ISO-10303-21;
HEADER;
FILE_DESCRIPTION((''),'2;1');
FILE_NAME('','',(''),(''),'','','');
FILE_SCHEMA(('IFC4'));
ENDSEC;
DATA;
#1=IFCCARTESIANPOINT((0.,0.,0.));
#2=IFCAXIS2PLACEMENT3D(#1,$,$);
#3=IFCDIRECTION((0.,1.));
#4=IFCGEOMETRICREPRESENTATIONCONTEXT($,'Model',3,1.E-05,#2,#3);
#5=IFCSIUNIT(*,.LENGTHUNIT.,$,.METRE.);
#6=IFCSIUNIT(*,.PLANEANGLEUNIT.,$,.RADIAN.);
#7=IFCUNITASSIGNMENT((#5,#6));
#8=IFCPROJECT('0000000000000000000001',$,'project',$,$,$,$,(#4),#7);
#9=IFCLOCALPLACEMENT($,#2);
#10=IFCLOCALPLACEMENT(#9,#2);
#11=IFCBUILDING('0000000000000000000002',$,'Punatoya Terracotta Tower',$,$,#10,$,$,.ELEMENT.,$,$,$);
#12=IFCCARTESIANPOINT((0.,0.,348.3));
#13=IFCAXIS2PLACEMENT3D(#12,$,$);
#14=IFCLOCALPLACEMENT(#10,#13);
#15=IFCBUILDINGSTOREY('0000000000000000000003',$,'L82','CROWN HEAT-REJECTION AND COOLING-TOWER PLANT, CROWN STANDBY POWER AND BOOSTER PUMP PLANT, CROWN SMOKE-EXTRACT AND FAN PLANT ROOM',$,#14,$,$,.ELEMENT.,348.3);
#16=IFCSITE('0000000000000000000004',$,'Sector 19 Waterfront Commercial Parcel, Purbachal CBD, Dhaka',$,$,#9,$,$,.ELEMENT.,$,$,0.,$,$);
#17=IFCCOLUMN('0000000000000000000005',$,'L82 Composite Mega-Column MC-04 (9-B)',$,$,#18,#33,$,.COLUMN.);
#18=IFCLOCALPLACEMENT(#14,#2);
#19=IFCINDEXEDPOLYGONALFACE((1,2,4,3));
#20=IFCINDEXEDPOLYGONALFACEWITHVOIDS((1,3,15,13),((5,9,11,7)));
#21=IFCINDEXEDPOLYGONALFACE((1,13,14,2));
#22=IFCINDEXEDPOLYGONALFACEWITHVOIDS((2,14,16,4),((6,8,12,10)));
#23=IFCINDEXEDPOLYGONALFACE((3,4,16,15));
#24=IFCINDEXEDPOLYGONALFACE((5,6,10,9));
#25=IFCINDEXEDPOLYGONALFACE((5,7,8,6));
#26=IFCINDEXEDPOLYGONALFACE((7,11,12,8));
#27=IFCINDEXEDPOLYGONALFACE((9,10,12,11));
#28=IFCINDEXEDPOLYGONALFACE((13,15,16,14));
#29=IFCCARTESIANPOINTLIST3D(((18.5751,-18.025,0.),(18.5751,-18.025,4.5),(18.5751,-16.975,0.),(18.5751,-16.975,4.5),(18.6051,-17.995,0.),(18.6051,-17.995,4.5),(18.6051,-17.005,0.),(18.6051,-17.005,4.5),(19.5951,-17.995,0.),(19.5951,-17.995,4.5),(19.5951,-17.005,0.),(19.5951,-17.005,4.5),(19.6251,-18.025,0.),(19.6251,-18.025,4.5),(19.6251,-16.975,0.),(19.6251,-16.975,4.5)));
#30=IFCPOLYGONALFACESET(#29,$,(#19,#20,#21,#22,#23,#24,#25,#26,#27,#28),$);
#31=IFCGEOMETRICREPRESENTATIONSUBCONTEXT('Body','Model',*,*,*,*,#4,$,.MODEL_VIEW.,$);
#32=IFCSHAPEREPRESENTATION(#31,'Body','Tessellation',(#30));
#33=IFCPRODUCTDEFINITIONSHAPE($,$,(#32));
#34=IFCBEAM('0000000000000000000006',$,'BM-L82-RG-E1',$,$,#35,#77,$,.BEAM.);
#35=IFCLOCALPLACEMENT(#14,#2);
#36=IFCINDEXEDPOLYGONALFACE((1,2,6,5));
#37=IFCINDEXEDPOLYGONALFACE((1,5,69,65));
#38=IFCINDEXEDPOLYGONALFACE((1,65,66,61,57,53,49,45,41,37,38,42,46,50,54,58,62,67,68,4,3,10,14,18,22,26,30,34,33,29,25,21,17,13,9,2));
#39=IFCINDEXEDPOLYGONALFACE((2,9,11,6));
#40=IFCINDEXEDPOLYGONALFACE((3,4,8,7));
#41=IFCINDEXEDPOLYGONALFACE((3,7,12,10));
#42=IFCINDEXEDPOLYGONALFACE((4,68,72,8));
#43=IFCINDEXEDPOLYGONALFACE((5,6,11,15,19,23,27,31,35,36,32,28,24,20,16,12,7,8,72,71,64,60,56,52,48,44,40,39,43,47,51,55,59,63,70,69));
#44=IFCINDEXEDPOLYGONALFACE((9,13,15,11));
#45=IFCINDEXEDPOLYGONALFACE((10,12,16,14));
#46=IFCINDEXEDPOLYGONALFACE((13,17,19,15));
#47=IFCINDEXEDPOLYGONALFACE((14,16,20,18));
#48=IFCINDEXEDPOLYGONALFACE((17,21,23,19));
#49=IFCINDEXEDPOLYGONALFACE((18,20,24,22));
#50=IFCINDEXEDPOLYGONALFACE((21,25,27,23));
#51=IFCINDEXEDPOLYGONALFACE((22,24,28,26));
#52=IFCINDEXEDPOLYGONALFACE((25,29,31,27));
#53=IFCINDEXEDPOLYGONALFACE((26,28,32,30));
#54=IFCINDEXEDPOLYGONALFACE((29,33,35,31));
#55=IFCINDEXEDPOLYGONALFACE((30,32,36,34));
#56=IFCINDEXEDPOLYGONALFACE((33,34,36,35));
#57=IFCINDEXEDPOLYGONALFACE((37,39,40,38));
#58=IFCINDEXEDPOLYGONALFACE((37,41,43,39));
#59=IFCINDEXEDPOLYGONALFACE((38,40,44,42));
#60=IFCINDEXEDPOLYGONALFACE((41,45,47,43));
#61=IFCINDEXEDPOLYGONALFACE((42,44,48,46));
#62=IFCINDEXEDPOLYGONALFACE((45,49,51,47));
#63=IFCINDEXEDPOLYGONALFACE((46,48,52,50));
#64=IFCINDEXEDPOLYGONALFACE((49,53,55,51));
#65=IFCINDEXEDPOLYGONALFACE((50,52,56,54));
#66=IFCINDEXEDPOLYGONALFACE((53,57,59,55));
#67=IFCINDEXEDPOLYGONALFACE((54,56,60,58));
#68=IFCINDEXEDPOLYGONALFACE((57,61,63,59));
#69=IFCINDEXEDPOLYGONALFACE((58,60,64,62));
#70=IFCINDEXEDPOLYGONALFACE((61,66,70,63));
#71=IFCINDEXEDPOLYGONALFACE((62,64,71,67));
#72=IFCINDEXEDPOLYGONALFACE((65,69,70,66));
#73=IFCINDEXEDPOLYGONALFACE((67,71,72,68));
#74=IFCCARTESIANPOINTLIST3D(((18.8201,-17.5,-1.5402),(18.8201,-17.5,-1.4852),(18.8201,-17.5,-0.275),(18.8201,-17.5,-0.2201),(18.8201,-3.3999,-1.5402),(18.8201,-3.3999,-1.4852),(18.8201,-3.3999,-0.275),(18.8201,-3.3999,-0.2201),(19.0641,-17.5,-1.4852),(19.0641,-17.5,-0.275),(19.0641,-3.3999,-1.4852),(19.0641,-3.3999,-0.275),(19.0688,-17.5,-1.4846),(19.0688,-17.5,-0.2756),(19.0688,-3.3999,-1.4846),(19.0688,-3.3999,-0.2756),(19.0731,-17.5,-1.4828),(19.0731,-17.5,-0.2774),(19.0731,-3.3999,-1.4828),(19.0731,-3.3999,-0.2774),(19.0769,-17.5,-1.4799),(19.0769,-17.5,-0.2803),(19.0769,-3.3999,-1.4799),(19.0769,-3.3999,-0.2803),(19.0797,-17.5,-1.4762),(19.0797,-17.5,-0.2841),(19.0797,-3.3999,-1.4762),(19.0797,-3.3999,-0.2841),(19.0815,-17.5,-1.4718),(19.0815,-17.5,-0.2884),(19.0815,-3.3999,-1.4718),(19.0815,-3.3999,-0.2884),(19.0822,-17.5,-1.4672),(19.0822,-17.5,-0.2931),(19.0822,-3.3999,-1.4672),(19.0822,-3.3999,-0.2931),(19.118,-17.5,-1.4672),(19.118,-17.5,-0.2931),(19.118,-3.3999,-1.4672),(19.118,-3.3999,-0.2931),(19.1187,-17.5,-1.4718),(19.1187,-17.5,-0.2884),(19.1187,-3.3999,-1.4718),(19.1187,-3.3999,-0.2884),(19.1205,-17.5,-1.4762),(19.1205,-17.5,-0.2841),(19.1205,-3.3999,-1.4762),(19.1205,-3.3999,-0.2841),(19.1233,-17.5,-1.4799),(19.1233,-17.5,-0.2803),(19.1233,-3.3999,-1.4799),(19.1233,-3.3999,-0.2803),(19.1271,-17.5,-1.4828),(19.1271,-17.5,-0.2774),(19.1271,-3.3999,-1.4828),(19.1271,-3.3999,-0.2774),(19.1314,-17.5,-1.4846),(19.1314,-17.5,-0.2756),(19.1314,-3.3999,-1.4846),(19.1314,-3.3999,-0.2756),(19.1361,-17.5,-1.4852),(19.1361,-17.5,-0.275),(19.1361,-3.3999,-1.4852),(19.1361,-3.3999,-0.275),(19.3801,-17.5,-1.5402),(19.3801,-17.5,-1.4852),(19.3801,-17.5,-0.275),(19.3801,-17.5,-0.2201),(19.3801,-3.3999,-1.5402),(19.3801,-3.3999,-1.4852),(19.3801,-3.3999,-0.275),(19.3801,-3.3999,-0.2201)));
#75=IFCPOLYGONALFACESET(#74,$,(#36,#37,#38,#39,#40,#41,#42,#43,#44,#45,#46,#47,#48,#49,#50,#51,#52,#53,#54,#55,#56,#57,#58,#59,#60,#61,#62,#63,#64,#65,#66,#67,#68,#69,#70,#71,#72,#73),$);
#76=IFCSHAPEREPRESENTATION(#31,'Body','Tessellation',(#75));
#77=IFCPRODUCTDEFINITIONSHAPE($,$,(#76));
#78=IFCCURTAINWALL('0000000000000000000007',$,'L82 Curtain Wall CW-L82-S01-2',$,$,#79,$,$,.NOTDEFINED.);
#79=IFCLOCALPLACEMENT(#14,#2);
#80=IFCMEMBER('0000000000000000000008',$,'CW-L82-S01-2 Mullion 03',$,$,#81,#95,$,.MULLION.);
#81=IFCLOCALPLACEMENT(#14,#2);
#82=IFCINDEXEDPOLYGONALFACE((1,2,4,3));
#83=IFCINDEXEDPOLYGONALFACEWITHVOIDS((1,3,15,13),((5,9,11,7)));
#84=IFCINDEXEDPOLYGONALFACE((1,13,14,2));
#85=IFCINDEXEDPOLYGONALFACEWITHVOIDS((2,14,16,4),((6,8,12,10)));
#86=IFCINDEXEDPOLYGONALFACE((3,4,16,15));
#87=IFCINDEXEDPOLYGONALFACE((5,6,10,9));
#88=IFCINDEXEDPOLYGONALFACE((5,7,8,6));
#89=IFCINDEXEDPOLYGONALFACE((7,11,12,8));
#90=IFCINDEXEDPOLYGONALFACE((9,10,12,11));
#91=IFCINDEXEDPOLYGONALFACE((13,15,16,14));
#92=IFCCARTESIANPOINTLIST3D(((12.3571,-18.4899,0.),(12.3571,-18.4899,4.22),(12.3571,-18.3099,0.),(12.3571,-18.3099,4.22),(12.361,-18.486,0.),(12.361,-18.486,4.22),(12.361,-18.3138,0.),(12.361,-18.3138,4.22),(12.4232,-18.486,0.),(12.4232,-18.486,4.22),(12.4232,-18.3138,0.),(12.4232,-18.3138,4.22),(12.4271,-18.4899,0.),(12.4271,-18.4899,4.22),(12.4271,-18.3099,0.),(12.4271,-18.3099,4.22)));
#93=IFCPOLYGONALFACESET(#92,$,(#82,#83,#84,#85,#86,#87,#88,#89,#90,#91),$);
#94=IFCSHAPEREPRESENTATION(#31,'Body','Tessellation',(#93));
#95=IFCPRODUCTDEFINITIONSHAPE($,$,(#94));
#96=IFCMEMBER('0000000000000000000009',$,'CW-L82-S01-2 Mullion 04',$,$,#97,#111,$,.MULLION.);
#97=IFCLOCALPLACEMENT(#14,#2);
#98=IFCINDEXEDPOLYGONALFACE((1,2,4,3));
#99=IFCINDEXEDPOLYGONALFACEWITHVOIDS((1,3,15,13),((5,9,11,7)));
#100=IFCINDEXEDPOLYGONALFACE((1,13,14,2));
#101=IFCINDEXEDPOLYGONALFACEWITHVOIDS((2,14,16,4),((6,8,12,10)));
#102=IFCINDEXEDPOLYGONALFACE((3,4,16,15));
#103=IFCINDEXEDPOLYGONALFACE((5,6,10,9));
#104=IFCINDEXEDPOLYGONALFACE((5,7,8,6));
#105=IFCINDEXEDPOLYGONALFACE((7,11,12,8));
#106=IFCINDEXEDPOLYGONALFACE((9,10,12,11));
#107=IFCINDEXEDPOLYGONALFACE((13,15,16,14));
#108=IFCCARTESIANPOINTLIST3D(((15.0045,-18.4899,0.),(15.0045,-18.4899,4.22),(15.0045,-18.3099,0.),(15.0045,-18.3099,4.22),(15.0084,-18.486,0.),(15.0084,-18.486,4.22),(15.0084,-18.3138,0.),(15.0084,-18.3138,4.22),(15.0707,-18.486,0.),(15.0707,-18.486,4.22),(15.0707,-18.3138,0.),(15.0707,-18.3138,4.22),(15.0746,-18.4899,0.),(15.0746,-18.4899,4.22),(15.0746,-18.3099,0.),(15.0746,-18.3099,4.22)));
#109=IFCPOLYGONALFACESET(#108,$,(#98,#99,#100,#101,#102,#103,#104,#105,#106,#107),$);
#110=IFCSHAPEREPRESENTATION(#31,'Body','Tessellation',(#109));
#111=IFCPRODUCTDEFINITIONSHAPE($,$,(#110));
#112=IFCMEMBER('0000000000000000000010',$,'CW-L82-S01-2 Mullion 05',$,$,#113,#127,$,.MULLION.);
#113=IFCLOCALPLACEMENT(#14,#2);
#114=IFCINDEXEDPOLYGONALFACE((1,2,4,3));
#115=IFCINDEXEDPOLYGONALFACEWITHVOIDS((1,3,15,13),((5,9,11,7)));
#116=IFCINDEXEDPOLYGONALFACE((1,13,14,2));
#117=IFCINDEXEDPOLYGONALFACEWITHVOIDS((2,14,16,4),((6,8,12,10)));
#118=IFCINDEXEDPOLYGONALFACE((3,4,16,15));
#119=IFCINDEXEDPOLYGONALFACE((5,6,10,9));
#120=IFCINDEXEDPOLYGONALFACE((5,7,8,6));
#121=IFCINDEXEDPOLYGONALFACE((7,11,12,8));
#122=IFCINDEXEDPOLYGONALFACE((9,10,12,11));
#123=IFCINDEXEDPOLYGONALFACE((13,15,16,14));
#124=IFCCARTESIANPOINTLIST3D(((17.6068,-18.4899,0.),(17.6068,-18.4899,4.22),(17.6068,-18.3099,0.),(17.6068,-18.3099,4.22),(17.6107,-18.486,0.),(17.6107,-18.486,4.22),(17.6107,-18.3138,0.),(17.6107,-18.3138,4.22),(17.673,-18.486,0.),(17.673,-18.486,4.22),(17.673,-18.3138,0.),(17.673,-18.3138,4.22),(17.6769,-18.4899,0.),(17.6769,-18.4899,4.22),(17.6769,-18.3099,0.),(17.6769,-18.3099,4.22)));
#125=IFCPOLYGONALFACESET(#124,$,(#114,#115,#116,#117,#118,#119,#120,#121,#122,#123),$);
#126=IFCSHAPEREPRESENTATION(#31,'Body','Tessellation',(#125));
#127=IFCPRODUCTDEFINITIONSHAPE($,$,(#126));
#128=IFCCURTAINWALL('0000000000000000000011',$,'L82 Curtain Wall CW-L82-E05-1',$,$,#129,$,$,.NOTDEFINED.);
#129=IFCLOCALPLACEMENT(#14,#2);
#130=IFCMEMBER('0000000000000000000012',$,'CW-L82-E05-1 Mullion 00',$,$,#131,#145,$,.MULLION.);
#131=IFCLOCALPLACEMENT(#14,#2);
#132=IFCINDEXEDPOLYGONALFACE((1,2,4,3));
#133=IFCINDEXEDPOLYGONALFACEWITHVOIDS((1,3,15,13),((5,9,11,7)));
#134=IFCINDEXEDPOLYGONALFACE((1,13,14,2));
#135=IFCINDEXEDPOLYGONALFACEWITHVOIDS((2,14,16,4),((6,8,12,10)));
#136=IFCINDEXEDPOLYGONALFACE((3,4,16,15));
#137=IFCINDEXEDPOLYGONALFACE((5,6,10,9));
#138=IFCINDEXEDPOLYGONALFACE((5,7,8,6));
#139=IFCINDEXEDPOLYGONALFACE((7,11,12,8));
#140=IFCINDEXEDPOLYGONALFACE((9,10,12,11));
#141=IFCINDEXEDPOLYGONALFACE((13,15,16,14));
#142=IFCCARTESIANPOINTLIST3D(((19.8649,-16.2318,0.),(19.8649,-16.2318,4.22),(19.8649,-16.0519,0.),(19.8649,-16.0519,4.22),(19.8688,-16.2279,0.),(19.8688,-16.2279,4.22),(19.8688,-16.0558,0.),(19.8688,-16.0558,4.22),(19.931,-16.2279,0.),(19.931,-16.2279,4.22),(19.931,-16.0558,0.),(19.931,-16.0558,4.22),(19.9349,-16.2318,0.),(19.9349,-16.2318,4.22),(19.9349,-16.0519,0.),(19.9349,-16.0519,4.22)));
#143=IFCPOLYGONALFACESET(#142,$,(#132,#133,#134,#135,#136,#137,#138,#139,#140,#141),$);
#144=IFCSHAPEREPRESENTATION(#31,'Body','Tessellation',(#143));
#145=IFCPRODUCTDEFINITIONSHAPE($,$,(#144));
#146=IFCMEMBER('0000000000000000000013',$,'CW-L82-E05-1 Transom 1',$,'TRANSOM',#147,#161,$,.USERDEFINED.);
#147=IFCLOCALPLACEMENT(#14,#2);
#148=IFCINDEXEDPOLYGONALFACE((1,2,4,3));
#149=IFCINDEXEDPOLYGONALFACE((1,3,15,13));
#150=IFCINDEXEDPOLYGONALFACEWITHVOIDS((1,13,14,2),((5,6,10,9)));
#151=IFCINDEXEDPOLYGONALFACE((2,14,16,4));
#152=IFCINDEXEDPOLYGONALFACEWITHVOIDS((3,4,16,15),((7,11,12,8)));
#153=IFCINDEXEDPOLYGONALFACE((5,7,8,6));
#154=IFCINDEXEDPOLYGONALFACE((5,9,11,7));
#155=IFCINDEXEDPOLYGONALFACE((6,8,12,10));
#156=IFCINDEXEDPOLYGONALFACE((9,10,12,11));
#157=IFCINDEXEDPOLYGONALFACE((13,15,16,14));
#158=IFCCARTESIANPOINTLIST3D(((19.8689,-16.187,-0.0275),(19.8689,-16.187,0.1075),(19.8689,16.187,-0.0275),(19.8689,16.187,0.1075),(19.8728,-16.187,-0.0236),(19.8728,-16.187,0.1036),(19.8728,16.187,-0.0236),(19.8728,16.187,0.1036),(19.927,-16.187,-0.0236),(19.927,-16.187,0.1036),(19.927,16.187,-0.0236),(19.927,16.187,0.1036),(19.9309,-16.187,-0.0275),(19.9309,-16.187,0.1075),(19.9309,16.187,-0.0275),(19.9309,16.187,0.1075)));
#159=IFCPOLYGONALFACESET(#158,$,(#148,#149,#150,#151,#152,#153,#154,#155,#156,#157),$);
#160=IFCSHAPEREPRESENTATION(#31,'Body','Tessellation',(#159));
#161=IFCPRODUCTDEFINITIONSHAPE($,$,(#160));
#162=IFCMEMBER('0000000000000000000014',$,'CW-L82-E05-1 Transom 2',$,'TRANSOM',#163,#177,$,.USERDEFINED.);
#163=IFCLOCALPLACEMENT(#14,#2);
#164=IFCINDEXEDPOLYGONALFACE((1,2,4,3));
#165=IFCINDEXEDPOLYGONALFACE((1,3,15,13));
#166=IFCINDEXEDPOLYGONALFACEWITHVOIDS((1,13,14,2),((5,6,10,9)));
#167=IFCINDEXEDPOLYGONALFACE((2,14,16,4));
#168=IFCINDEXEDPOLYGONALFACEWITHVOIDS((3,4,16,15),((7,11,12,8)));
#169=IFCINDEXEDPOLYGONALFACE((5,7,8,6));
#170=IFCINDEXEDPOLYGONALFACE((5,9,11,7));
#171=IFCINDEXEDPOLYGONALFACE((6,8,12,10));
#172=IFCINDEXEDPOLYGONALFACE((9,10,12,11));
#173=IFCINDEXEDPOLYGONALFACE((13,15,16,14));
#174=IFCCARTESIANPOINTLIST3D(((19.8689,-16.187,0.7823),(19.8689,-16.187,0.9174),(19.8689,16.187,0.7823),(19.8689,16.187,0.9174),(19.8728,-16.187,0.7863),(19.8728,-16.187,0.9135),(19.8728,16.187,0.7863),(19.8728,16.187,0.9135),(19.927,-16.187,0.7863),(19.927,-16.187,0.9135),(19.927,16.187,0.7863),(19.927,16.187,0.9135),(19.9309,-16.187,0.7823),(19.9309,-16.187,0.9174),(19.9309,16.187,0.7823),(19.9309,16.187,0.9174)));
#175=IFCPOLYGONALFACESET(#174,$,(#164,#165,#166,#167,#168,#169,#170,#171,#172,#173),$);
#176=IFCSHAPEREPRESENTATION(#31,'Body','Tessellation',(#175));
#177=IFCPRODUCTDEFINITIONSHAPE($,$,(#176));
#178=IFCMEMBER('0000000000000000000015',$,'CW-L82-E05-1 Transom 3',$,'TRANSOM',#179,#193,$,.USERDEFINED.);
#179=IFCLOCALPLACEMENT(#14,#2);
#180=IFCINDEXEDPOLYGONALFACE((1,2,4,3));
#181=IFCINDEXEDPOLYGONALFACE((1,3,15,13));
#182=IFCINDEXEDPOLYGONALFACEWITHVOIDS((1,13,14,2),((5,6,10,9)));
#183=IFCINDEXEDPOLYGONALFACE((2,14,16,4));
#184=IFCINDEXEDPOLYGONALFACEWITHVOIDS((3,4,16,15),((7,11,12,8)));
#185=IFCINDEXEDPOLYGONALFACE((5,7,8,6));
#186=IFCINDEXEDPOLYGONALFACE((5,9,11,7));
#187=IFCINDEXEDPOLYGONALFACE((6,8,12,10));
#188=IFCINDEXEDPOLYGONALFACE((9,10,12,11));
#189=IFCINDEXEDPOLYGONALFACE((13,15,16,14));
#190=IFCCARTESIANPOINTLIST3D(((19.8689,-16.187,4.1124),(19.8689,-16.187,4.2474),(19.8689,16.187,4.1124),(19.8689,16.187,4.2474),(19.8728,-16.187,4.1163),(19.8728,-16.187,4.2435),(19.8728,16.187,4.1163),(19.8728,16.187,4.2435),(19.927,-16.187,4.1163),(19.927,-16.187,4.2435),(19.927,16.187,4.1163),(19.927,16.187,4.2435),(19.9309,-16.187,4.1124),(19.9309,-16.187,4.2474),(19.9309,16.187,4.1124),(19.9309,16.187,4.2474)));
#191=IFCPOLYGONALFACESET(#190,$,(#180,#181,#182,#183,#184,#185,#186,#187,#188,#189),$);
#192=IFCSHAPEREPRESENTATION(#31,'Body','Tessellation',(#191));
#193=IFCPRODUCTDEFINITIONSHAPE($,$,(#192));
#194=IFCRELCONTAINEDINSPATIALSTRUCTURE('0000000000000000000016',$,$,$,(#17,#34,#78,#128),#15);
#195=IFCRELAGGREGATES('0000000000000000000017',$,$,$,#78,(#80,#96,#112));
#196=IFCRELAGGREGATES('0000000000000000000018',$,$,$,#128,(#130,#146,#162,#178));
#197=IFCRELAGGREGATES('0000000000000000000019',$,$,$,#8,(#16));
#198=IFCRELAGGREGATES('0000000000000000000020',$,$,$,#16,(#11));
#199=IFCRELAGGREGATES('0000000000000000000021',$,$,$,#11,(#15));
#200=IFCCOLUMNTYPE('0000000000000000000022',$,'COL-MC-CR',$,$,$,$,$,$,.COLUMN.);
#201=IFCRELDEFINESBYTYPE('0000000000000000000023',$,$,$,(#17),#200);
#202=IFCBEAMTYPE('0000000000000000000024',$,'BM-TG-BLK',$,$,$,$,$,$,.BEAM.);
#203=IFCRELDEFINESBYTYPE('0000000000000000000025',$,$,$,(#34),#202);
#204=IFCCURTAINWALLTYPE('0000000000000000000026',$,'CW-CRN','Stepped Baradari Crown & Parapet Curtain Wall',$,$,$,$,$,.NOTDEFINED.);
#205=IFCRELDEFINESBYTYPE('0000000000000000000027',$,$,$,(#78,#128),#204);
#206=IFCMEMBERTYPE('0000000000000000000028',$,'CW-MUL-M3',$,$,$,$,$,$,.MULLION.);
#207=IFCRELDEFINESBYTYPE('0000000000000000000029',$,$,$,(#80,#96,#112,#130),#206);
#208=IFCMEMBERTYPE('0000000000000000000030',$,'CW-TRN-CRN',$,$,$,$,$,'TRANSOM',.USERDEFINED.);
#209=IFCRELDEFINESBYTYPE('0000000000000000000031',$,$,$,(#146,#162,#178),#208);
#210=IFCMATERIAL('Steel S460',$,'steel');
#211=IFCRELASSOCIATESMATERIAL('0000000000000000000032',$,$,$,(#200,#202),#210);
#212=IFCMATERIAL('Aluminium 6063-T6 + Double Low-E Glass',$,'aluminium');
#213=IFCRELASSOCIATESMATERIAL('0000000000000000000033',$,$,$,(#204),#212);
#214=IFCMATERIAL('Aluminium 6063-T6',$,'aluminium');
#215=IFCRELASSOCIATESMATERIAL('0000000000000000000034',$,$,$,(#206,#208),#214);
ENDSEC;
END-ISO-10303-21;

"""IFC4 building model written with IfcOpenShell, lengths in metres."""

from ifc_helpers import new_model, si_unit, direction, frame, origin, origin_2d, place, context, subcontext, project, spatial, hollow_rectangle, i_section, extrude, material, material_profile, profile_set, type_object, element, aggregate, save


model = new_model("IFC4")

# Units and contexts
model_context = context("Model", 3, precision=1e-05, world=origin(), true_north=direction((0.0, 1.0)))
body_context = subcontext(model_context, "Body", "Model", "MODEL_VIEW")
ifc_project = project(units=[si_unit("LENGTHUNIT", "METRE"), si_unit("PLANEANGLEUNIT", "RADIAN")], contexts=[model_context])

# Site, building, storey
site_placement = place(None, origin())
site = spatial("IfcSite", under=ifc_project, at=site_placement, Name="Sector 19 Waterfront Commercial Parcel, Purbachal CBD, Dhaka", CompositionType="ELEMENT", RefElevation=0.0)
building_placement = place(site_placement, origin())
building = spatial("IfcBuilding", under=site, at=building_placement, Name="Punatoya Terracotta Tower", CompositionType="ELEMENT")
storey_placement = place(building_placement, frame((0.0, 0.0, 348.3)))
storey = spatial("IfcBuildingStorey", under=building, at=storey_placement, Name="L82", Description="CROWN HEAT-REJECTION AND COOLING-TOWER PLANT, CROWN STANDBY POWER AND BOOSTER PUMP PLANT, CROWN SMOKE-EXTRACT AND FAN PLANT ROOM", CompositionType="ELEMENT", Elevation=348.3)

# Column
ifc_material_1 = material(Name="Steel S460", Category="steel")
ifc_material_profile_1 = material_profile(ifc_material_1, hollow_rectangle(XDim=1.05, YDim=1.05, WallThickness=0.03, at=origin_2d()))
ifc_profile_set_1 = profile_set([ifc_material_profile_1], Name="Steel S460")
column_type = type_object("IfcColumnType", Name="COL-MC-CR", PredefinedType="COLUMN", material=ifc_profile_set_1)
column_placement = place(storey_placement, frame((19.1001, -17.5, 0.0), z_axis=(0.0, 0.0, 1.0), x_axis=(1.0, 0.0, 0.0)))
element("IfcColumn", 1, at=column_placement, inside=storey, type_object=column_type, Name="L82 Composite Mega-Column MC-04 (9-B)", PredefinedType="COLUMN", context=body_context, shape_type="SweptSolid", body=[
    extrude(hollow_rectangle(XDim=1.05, YDim=1.05, WallThickness=0.03, at=origin_2d()), origin(), (0.0, 0.0, 1.0), 4.5),
])

# Beam
ifc_material_profile_2 = material_profile(ifc_material_1, i_section(OverallWidth=0.5601, OverallDepth=1.3201, WebThickness=0.0359, FlangeThickness=0.0549, FilletRadius=0.0181, at=origin_2d()))
ifc_profile_set_2 = profile_set([ifc_material_profile_2], Name="Steel S460")
beam_type = type_object("IfcBeamType", Name="BM-TG-BLK", PredefinedType="BEAM", material=ifc_profile_set_2)
beam_placement = place(storey_placement, frame((19.1001, -17.5, -0.8801), z_axis=(0.0, 1.0, 0.0), x_axis=(-1.0, 0.0, 0.0)))
element("IfcBeam", 2, at=beam_placement, inside=storey, type_object=beam_type, Name="BM-L82-RG-E1", PredefinedType="BEAM", context=body_context, shape_type="SweptSolid", body=[
    extrude(i_section(OverallWidth=0.5601, OverallDepth=1.3201, WebThickness=0.0359, FlangeThickness=0.0549, FilletRadius=0.0181, at=origin_2d()), origin(), (0.0, 0.0, 1.0), 14.1001),
])

# Curtain walls, members
ifc_material_2 = material(Name="Aluminium 6063-T6 + Double Low-E Glass", Category="aluminium")
curtain_wall_type = type_object("IfcCurtainWallType", Name="CW-CRN", Description="Stepped Baradari Crown & Parapet Curtain Wall", PredefinedType="NOTDEFINED", material=ifc_material_2)
curtain_wall_1_placement = place(storey_placement, origin())
curtain_wall_1 = element("IfcCurtainWall", 3, at=curtain_wall_1_placement, inside=storey, type_object=curtain_wall_type, Name="L82 Curtain Wall CW-L82-S01-2", PredefinedType="NOTDEFINED")
ifc_material_3 = material(Name="Aluminium 6063-T6", Category="aluminium")
ifc_material_profile_3 = material_profile(ifc_material_3, hollow_rectangle(XDim=0.0701, YDim=0.1799, WallThickness=0.0039, at=origin_2d()))
ifc_profile_set_3 = profile_set([ifc_material_profile_3], Name="Aluminium 6063-T6")
member_type_1 = type_object("IfcMemberType", Name="CW-MUL-M3", PredefinedType="MULLION", material=ifc_profile_set_3)
member_1_placement = place(storey_placement, frame((12.3921, -18.3999, 0.0), z_axis=(0.0, 0.0, 1.0), x_axis=(1.0, 0.0, 0.0)))
member_1 = element("IfcMember", 4, at=member_1_placement, type_object=member_type_1, Name="CW-L82-S01-2 Mullion 03", PredefinedType="MULLION", context=body_context, shape_type="SweptSolid", body=[
    extrude(hollow_rectangle(XDim=0.0701, YDim=0.1799, WallThickness=0.0039, at=origin_2d()), origin(), (0.0, 0.0, 1.0), 4.22),
])
member_2_placement = place(storey_placement, frame((15.0396, -18.3999, 0.0), z_axis=(0.0, 0.0, 1.0), x_axis=(1.0, 0.0, 0.0)))
member_2 = element("IfcMember", 5, at=member_2_placement, type_object=member_type_1, Name="CW-L82-S01-2 Mullion 04", PredefinedType="MULLION", context=body_context, shape_type="SweptSolid", body=[
    extrude(hollow_rectangle(XDim=0.0701, YDim=0.1799, WallThickness=0.0039, at=origin_2d()), origin(), (0.0, 0.0, 1.0), 4.22),
])
member_3_placement = place(storey_placement, frame((17.6418, -18.3999, 0.0), z_axis=(0.0, 0.0, 1.0), x_axis=(1.0, 0.0, 0.0)))
member_3 = element("IfcMember", 6, at=member_3_placement, type_object=member_type_1, Name="CW-L82-S01-2 Mullion 05", PredefinedType="MULLION", context=body_context, shape_type="SweptSolid", body=[
    extrude(hollow_rectangle(XDim=0.0701, YDim=0.1799, WallThickness=0.0039, at=origin_2d()), origin(), (0.0, 0.0, 1.0), 4.22),
])
curtain_wall_2_placement = place(storey_placement, origin())
curtain_wall_2 = element("IfcCurtainWall", 7, at=curtain_wall_2_placement, inside=storey, type_object=curtain_wall_type, Name="L82 Curtain Wall CW-L82-E05-1", PredefinedType="NOTDEFINED")
member_4_placement = place(storey_placement, frame((19.8999, -16.1418, 0.0), z_axis=(0.0, 0.0, 1.0), x_axis=(1.0, 0.0, 0.0)))
member_4 = element("IfcMember", 8, at=member_4_placement, type_object=member_type_1, Name="CW-L82-E05-1 Mullion 00", PredefinedType="MULLION", context=body_context, shape_type="SweptSolid", body=[
    extrude(hollow_rectangle(XDim=0.0701, YDim=0.1799, WallThickness=0.0039, at=origin_2d()), origin(), (0.0, 0.0, 1.0), 4.22),
])
ifc_material_profile_4 = material_profile(ifc_material_3, hollow_rectangle(XDim=0.062, YDim=0.135, WallThickness=0.0039, at=origin_2d()))
ifc_profile_set_4 = profile_set([ifc_material_profile_4], Name="Aluminium 6063-T6")
member_type_2 = type_object("IfcMemberType", Name="CW-TRN-CRN", ElementType="TRANSOM", PredefinedType="USERDEFINED", material=ifc_profile_set_4)
member_5_placement = place(storey_placement, frame((19.8999, -16.187, 0.04), z_axis=(0.0, 1.0, 0.0), x_axis=(-1.0, 0.0, 0.0)))
member_5 = element("IfcMember", 9, at=member_5_placement, type_object=member_type_2, Name="CW-L82-E05-1 Transom 1", ObjectType="TRANSOM", PredefinedType="USERDEFINED", context=body_context, shape_type="SweptSolid", body=[
    extrude(hollow_rectangle(XDim=0.062, YDim=0.135, WallThickness=0.0039, at=origin_2d()), origin(), (0.0, 0.0, 1.0), 32.374),
])
member_6_placement = place(storey_placement, frame((19.8999, -16.187, 0.8499), z_axis=(0.0, 1.0, 0.0), x_axis=(-1.0, 0.0, 0.0)))
member_6 = element("IfcMember", 10, at=member_6_placement, type_object=member_type_2, Name="CW-L82-E05-1 Transom 2", ObjectType="TRANSOM", PredefinedType="USERDEFINED", context=body_context, shape_type="SweptSolid", body=[
    extrude(hollow_rectangle(XDim=0.062, YDim=0.135, WallThickness=0.0039, at=origin_2d()), origin(), (0.0, 0.0, 1.0), 32.374),
])
member_7_placement = place(storey_placement, frame((19.8999, -16.187, 4.1799), z_axis=(0.0, 1.0, 0.0), x_axis=(-1.0, 0.0, 0.0)))
member_7 = element("IfcMember", 11, at=member_7_placement, type_object=member_type_2, Name="CW-L82-E05-1 Transom 3", ObjectType="TRANSOM", PredefinedType="USERDEFINED", context=body_context, shape_type="SweptSolid", body=[
    extrude(hollow_rectangle(XDim=0.062, YDim=0.135, WallThickness=0.0039, at=origin_2d()), origin(), (0.0, 0.0, 1.0), 32.374),
])

aggregate(curtain_wall_1, [member_1, member_2, member_3])
aggregate(curtain_wall_2, [member_4, member_5, member_6, member_7])

save(model, "model.ifc")
